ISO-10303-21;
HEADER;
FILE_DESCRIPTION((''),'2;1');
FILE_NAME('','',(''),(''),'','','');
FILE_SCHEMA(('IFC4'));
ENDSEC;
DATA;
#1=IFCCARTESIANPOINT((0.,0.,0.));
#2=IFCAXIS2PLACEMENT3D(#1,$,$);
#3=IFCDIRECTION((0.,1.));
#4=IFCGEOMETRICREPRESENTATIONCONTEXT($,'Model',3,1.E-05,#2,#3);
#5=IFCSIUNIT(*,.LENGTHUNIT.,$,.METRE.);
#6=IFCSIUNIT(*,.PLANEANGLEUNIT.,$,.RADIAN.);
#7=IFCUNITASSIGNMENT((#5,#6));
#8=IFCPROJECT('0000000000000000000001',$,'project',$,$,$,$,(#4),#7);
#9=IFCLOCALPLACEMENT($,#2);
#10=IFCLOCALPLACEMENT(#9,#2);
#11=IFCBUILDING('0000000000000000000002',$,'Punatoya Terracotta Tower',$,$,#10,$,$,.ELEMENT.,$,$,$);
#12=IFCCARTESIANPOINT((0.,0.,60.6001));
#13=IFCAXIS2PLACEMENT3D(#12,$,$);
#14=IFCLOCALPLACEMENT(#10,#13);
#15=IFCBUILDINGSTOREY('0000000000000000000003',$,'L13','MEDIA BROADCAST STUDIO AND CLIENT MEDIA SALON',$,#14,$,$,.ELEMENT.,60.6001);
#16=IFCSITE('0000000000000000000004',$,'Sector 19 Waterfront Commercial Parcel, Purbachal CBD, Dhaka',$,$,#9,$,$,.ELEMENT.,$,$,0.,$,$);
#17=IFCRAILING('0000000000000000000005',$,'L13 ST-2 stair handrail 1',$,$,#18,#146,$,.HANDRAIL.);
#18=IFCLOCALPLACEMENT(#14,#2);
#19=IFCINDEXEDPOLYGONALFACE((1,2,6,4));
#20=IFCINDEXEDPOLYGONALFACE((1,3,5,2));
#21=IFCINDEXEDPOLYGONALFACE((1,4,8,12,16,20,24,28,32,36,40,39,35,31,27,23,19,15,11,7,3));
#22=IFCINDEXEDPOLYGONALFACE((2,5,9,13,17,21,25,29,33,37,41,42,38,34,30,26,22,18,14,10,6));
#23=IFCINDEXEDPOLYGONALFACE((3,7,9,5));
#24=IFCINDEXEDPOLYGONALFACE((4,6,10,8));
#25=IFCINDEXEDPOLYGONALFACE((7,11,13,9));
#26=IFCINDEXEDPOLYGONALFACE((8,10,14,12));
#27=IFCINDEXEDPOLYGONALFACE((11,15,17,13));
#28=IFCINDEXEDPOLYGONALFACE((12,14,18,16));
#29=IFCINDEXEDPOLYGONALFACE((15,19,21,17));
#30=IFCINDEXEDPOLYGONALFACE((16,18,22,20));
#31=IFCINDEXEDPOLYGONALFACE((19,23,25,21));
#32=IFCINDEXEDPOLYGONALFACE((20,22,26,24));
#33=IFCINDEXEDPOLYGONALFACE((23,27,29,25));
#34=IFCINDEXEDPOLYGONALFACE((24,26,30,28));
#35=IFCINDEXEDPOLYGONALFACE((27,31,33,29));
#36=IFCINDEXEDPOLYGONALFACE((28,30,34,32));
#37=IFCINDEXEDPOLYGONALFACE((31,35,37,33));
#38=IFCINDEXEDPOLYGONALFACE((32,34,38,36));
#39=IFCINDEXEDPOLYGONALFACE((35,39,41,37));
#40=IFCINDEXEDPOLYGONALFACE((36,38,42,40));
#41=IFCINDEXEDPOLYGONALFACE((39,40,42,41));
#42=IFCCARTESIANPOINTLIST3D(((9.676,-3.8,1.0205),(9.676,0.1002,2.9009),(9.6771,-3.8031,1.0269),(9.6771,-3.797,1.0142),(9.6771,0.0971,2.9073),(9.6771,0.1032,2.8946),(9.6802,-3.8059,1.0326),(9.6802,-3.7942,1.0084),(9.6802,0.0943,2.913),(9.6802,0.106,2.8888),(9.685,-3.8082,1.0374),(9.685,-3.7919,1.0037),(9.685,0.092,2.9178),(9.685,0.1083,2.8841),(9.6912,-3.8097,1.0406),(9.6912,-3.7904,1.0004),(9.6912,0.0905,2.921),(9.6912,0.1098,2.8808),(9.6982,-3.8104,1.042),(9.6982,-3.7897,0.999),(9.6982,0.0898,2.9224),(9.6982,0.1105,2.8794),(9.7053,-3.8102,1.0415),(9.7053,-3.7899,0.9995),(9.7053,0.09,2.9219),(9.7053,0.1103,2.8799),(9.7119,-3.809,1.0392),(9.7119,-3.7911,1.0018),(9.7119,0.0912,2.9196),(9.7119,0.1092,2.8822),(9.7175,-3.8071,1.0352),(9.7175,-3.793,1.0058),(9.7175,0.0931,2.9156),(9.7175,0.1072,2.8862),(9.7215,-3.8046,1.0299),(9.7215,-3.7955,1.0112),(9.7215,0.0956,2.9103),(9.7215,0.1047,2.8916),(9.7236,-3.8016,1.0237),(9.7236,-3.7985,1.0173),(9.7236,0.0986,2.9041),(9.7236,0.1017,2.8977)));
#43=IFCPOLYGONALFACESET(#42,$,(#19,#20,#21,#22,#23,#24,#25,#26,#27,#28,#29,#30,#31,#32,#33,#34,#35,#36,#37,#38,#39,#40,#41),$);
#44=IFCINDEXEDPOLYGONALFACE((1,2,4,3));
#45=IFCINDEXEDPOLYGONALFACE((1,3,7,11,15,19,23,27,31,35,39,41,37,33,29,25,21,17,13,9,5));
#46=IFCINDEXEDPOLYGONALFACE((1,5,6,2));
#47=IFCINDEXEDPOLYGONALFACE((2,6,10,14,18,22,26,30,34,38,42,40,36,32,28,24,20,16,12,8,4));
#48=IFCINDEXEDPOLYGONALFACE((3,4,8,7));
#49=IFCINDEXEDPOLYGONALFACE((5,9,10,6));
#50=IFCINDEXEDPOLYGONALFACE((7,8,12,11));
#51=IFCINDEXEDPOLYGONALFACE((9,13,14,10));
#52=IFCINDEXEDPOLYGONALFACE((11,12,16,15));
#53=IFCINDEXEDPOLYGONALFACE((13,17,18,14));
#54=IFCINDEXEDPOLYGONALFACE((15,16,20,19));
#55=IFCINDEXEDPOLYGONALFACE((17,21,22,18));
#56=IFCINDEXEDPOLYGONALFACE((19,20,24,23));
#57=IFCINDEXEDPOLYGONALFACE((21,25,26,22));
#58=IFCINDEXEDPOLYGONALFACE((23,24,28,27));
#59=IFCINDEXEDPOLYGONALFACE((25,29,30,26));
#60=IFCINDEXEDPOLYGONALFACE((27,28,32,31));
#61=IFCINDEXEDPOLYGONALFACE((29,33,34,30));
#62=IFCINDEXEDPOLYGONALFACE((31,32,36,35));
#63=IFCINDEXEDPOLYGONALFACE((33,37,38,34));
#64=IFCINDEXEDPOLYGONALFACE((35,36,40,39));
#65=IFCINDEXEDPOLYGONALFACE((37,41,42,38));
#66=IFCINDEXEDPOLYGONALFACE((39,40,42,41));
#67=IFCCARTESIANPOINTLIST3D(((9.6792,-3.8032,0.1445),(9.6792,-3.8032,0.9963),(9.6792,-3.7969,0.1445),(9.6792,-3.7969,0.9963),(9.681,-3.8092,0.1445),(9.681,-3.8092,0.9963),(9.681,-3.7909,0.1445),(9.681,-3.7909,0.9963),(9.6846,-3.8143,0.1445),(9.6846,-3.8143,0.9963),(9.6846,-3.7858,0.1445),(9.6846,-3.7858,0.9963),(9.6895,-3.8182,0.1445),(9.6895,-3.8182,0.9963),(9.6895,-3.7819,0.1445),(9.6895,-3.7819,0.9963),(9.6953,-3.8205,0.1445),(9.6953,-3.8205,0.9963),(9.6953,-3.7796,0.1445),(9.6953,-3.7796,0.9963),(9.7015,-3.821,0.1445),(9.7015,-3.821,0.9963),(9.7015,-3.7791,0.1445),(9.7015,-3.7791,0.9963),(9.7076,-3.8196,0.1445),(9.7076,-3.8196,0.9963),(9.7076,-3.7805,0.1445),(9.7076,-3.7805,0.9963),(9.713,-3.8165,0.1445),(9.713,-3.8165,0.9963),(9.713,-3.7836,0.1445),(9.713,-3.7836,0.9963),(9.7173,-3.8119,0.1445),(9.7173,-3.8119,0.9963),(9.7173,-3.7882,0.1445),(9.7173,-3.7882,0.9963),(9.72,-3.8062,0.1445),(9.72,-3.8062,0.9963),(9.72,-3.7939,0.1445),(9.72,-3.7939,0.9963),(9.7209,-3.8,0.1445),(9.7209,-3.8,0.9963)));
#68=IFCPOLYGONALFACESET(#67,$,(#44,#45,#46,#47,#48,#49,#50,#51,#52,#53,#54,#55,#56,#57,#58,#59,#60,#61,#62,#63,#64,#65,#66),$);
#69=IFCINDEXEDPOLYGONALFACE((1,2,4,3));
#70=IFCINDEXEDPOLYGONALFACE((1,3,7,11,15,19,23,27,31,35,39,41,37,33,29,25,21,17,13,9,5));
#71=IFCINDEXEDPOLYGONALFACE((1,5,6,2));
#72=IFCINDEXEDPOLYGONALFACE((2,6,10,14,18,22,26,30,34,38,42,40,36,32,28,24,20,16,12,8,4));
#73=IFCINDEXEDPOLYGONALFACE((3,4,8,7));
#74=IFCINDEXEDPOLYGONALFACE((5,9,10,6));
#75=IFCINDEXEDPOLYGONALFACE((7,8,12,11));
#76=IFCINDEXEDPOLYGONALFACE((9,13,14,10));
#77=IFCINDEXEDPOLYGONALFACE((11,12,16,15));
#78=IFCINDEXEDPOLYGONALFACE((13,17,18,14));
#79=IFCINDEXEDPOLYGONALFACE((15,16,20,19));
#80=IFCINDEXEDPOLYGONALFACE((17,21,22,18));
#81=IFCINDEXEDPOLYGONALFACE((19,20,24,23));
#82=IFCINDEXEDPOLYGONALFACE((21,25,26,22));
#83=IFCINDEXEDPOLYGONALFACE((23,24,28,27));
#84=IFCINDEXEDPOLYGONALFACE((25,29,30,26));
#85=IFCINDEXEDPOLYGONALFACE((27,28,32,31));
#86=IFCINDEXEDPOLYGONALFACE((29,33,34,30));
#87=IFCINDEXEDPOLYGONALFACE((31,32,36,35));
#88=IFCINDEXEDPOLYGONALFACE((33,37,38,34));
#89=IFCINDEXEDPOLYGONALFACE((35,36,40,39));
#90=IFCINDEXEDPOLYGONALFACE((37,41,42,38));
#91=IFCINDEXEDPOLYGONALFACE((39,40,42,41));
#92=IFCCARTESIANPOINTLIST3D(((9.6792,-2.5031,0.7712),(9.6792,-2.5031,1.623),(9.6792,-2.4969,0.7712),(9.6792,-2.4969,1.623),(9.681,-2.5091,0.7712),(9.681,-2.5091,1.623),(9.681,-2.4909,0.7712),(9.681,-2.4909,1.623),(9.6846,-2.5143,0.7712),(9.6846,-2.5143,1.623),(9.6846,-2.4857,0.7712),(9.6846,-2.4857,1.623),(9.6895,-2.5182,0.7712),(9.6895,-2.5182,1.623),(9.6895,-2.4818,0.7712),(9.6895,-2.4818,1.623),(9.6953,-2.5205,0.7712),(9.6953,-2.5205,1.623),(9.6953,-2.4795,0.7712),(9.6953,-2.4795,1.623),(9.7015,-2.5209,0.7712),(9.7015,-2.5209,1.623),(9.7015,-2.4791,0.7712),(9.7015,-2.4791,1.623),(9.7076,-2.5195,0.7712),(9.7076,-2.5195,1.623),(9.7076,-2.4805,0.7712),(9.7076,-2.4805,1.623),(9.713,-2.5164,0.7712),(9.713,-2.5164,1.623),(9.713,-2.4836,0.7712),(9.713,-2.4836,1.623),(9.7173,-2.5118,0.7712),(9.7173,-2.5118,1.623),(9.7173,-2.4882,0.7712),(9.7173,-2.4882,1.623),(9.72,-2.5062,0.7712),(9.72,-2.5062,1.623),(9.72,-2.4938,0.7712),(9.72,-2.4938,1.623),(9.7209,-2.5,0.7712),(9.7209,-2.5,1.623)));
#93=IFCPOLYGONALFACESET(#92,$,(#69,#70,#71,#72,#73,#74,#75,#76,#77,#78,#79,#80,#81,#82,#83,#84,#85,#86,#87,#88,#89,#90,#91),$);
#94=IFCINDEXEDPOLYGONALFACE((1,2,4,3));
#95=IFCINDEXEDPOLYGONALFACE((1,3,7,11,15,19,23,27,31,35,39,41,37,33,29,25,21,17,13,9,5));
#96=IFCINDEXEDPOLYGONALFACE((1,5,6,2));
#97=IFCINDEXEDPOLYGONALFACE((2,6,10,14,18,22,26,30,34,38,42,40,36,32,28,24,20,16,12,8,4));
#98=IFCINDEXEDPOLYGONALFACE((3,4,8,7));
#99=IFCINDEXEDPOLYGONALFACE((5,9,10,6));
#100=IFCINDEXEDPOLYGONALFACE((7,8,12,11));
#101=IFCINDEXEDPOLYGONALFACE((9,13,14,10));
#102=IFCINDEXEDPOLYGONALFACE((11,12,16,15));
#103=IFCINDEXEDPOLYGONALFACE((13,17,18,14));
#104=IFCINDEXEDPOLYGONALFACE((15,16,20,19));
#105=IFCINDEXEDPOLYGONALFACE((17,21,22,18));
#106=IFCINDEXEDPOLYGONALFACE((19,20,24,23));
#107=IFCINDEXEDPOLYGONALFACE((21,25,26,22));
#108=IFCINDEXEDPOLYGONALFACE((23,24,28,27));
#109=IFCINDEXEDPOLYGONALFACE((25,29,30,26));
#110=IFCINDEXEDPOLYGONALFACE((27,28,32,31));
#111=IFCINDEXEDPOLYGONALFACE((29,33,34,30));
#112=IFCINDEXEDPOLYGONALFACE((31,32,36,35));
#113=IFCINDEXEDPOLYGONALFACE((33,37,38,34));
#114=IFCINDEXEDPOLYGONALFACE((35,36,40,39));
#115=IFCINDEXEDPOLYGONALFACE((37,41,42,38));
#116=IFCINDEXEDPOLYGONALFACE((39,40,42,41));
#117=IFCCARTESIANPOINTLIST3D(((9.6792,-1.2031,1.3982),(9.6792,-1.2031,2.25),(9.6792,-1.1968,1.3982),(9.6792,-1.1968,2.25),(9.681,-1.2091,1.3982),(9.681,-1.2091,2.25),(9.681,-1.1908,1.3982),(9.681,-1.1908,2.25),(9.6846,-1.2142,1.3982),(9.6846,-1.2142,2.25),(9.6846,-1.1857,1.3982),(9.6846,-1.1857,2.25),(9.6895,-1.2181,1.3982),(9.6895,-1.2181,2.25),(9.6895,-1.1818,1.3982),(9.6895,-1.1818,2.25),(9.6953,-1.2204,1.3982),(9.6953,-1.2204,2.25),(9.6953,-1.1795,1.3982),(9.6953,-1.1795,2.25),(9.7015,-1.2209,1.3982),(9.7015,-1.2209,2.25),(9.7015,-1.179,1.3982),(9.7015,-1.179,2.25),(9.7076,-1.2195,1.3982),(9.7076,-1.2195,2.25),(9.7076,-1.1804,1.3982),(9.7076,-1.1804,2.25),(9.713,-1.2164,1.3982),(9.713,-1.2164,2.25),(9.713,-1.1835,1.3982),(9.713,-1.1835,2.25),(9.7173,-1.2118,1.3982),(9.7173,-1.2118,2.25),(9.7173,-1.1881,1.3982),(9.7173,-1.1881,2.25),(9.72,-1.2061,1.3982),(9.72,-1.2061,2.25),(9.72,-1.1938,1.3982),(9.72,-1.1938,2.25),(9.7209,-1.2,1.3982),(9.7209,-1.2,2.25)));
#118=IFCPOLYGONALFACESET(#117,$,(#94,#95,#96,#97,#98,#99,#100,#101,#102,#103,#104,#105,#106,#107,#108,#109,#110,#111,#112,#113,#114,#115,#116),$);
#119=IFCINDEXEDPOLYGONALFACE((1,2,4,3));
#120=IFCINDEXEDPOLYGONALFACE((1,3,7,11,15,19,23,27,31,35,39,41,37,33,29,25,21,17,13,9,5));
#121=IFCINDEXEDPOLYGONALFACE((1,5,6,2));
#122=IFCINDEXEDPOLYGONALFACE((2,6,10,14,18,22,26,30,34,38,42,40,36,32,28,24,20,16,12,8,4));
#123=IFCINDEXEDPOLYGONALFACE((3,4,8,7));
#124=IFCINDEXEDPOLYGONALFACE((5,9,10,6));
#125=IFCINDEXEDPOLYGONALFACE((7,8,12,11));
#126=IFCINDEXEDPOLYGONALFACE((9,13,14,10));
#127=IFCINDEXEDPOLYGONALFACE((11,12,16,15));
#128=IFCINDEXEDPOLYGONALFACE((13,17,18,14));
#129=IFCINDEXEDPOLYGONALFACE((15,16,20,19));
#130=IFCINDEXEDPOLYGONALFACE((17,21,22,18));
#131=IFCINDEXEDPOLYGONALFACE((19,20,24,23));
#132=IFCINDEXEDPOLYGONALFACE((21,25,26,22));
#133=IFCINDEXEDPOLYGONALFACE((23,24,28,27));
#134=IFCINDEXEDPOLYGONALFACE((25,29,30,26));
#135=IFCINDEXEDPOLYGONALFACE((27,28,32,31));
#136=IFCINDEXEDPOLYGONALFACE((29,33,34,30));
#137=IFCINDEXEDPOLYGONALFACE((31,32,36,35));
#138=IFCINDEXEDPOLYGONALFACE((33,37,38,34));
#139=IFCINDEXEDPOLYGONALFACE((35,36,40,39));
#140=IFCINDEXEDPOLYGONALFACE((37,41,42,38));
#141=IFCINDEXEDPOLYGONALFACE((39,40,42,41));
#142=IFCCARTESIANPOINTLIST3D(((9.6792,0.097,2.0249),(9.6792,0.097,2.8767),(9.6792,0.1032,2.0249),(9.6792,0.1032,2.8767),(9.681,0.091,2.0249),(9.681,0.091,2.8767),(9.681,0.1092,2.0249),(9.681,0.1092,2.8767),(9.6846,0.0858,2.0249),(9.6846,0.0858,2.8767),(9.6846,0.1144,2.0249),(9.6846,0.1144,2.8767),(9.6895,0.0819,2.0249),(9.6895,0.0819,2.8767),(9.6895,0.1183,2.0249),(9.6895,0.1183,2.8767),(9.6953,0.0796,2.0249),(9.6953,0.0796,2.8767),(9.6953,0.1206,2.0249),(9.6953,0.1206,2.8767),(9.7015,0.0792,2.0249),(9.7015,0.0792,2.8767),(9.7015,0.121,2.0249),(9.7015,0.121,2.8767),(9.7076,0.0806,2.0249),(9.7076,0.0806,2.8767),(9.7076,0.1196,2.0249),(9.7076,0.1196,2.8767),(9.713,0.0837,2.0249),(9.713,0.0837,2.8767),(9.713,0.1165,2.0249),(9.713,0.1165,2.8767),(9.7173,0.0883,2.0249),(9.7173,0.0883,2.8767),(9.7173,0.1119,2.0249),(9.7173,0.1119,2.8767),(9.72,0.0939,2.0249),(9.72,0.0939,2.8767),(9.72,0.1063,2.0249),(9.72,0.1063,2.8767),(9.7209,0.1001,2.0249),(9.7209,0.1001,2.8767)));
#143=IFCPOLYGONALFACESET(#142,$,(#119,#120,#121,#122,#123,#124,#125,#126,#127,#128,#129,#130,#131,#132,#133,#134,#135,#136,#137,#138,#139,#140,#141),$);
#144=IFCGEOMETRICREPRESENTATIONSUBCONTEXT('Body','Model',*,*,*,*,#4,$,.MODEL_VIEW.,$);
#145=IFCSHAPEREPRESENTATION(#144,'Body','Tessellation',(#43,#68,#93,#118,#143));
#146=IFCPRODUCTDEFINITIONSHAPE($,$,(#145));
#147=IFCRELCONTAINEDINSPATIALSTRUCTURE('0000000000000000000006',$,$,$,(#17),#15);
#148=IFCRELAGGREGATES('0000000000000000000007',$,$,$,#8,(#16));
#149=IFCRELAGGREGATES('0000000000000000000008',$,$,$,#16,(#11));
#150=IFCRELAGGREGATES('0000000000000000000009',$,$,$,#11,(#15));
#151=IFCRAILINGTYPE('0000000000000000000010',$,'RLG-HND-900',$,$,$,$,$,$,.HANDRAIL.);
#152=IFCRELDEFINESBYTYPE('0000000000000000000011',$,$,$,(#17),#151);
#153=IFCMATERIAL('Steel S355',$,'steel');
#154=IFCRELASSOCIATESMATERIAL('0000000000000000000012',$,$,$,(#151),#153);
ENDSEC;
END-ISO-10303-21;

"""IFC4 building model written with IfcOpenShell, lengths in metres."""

from ifc_helpers import new_model, si_unit, direction, frame, origin, origin_2d, place, context, subcontext, project, spatial, circle, extrude, material, type_object, element, save


model = new_model("IFC4")

# Units and contexts
model_context = context("Model", 3, precision=1e-05, world=origin(), true_north=direction((0.0, 1.0)))
body_context = subcontext(model_context, "Body", "Model", "MODEL_VIEW")
ifc_project = project(units=[si_unit("LENGTHUNIT", "METRE"), si_unit("PLANEANGLEUNIT", "RADIAN")], contexts=[model_context])

# Site, building, storey
site_placement = place(None, origin())
site = spatial("IfcSite", under=ifc_project, at=site_placement, Name="Sector 19 Waterfront Commercial Parcel, Purbachal CBD, Dhaka", CompositionType="ELEMENT", RefElevation=0.0)
building_placement = place(site_placement, origin())
building = spatial("IfcBuilding", under=site, at=building_placement, Name="Punatoya Terracotta Tower", CompositionType="ELEMENT")
storey_placement = place(building_placement, frame((0.0, 0.0, 60.6001)))
storey = spatial("IfcBuildingStorey", under=building, at=storey_placement, Name="L13", Description="MEDIA BROADCAST STUDIO AND CLIENT MEDIA SALON", CompositionType="ELEMENT", Elevation=60.6001)

# Railing
ifc_material_1 = material(Name="Steel S355", Category="steel")
railing_type_1 = type_object("IfcRailingType", Name="RLG-HND-900", PredefinedType="HANDRAIL", material=ifc_material_1)
railing_1_placement = place(storey_placement, frame((9.7, -3.8, 0.1445)))
element("IfcRailing", 1, at=railing_1_placement, inside=storey, type_object=railing_type_1, Name="L13 ST-2 stair handrail 1", PredefinedType="HANDRAIL", context=body_context, shape_type="SweptSolid", body=[
    extrude(circle(Radius=0.0239, at=origin_2d()), frame((0.0, 0.0, 0.876), z_axis=(0.0, 0.900774, 0.434289), x_axis=(-1.0, 0.0, 0.0)), (0.0, 0.0, 1.0), 4.3298),
    extrude(circle(Radius=0.021, at=origin_2d()), origin(), (0.0, 0.0, 1.0), 0.8518),
    extrude(circle(Radius=0.021, at=origin_2d()), frame((0.0, 1.3, 0.6267)), (0.0, 0.0, 1.0), 0.8518),
    extrude(circle(Radius=0.021, at=origin_2d()), frame((0.0, 2.6001, 1.2537)), (0.0, 0.0, 1.0), 0.8518),
    extrude(circle(Radius=0.021, at=origin_2d()), frame((0.0, 3.9001, 1.8804)), (0.0, 0.0, 1.0), 0.8518),
])

save(model, "model.ifc")
